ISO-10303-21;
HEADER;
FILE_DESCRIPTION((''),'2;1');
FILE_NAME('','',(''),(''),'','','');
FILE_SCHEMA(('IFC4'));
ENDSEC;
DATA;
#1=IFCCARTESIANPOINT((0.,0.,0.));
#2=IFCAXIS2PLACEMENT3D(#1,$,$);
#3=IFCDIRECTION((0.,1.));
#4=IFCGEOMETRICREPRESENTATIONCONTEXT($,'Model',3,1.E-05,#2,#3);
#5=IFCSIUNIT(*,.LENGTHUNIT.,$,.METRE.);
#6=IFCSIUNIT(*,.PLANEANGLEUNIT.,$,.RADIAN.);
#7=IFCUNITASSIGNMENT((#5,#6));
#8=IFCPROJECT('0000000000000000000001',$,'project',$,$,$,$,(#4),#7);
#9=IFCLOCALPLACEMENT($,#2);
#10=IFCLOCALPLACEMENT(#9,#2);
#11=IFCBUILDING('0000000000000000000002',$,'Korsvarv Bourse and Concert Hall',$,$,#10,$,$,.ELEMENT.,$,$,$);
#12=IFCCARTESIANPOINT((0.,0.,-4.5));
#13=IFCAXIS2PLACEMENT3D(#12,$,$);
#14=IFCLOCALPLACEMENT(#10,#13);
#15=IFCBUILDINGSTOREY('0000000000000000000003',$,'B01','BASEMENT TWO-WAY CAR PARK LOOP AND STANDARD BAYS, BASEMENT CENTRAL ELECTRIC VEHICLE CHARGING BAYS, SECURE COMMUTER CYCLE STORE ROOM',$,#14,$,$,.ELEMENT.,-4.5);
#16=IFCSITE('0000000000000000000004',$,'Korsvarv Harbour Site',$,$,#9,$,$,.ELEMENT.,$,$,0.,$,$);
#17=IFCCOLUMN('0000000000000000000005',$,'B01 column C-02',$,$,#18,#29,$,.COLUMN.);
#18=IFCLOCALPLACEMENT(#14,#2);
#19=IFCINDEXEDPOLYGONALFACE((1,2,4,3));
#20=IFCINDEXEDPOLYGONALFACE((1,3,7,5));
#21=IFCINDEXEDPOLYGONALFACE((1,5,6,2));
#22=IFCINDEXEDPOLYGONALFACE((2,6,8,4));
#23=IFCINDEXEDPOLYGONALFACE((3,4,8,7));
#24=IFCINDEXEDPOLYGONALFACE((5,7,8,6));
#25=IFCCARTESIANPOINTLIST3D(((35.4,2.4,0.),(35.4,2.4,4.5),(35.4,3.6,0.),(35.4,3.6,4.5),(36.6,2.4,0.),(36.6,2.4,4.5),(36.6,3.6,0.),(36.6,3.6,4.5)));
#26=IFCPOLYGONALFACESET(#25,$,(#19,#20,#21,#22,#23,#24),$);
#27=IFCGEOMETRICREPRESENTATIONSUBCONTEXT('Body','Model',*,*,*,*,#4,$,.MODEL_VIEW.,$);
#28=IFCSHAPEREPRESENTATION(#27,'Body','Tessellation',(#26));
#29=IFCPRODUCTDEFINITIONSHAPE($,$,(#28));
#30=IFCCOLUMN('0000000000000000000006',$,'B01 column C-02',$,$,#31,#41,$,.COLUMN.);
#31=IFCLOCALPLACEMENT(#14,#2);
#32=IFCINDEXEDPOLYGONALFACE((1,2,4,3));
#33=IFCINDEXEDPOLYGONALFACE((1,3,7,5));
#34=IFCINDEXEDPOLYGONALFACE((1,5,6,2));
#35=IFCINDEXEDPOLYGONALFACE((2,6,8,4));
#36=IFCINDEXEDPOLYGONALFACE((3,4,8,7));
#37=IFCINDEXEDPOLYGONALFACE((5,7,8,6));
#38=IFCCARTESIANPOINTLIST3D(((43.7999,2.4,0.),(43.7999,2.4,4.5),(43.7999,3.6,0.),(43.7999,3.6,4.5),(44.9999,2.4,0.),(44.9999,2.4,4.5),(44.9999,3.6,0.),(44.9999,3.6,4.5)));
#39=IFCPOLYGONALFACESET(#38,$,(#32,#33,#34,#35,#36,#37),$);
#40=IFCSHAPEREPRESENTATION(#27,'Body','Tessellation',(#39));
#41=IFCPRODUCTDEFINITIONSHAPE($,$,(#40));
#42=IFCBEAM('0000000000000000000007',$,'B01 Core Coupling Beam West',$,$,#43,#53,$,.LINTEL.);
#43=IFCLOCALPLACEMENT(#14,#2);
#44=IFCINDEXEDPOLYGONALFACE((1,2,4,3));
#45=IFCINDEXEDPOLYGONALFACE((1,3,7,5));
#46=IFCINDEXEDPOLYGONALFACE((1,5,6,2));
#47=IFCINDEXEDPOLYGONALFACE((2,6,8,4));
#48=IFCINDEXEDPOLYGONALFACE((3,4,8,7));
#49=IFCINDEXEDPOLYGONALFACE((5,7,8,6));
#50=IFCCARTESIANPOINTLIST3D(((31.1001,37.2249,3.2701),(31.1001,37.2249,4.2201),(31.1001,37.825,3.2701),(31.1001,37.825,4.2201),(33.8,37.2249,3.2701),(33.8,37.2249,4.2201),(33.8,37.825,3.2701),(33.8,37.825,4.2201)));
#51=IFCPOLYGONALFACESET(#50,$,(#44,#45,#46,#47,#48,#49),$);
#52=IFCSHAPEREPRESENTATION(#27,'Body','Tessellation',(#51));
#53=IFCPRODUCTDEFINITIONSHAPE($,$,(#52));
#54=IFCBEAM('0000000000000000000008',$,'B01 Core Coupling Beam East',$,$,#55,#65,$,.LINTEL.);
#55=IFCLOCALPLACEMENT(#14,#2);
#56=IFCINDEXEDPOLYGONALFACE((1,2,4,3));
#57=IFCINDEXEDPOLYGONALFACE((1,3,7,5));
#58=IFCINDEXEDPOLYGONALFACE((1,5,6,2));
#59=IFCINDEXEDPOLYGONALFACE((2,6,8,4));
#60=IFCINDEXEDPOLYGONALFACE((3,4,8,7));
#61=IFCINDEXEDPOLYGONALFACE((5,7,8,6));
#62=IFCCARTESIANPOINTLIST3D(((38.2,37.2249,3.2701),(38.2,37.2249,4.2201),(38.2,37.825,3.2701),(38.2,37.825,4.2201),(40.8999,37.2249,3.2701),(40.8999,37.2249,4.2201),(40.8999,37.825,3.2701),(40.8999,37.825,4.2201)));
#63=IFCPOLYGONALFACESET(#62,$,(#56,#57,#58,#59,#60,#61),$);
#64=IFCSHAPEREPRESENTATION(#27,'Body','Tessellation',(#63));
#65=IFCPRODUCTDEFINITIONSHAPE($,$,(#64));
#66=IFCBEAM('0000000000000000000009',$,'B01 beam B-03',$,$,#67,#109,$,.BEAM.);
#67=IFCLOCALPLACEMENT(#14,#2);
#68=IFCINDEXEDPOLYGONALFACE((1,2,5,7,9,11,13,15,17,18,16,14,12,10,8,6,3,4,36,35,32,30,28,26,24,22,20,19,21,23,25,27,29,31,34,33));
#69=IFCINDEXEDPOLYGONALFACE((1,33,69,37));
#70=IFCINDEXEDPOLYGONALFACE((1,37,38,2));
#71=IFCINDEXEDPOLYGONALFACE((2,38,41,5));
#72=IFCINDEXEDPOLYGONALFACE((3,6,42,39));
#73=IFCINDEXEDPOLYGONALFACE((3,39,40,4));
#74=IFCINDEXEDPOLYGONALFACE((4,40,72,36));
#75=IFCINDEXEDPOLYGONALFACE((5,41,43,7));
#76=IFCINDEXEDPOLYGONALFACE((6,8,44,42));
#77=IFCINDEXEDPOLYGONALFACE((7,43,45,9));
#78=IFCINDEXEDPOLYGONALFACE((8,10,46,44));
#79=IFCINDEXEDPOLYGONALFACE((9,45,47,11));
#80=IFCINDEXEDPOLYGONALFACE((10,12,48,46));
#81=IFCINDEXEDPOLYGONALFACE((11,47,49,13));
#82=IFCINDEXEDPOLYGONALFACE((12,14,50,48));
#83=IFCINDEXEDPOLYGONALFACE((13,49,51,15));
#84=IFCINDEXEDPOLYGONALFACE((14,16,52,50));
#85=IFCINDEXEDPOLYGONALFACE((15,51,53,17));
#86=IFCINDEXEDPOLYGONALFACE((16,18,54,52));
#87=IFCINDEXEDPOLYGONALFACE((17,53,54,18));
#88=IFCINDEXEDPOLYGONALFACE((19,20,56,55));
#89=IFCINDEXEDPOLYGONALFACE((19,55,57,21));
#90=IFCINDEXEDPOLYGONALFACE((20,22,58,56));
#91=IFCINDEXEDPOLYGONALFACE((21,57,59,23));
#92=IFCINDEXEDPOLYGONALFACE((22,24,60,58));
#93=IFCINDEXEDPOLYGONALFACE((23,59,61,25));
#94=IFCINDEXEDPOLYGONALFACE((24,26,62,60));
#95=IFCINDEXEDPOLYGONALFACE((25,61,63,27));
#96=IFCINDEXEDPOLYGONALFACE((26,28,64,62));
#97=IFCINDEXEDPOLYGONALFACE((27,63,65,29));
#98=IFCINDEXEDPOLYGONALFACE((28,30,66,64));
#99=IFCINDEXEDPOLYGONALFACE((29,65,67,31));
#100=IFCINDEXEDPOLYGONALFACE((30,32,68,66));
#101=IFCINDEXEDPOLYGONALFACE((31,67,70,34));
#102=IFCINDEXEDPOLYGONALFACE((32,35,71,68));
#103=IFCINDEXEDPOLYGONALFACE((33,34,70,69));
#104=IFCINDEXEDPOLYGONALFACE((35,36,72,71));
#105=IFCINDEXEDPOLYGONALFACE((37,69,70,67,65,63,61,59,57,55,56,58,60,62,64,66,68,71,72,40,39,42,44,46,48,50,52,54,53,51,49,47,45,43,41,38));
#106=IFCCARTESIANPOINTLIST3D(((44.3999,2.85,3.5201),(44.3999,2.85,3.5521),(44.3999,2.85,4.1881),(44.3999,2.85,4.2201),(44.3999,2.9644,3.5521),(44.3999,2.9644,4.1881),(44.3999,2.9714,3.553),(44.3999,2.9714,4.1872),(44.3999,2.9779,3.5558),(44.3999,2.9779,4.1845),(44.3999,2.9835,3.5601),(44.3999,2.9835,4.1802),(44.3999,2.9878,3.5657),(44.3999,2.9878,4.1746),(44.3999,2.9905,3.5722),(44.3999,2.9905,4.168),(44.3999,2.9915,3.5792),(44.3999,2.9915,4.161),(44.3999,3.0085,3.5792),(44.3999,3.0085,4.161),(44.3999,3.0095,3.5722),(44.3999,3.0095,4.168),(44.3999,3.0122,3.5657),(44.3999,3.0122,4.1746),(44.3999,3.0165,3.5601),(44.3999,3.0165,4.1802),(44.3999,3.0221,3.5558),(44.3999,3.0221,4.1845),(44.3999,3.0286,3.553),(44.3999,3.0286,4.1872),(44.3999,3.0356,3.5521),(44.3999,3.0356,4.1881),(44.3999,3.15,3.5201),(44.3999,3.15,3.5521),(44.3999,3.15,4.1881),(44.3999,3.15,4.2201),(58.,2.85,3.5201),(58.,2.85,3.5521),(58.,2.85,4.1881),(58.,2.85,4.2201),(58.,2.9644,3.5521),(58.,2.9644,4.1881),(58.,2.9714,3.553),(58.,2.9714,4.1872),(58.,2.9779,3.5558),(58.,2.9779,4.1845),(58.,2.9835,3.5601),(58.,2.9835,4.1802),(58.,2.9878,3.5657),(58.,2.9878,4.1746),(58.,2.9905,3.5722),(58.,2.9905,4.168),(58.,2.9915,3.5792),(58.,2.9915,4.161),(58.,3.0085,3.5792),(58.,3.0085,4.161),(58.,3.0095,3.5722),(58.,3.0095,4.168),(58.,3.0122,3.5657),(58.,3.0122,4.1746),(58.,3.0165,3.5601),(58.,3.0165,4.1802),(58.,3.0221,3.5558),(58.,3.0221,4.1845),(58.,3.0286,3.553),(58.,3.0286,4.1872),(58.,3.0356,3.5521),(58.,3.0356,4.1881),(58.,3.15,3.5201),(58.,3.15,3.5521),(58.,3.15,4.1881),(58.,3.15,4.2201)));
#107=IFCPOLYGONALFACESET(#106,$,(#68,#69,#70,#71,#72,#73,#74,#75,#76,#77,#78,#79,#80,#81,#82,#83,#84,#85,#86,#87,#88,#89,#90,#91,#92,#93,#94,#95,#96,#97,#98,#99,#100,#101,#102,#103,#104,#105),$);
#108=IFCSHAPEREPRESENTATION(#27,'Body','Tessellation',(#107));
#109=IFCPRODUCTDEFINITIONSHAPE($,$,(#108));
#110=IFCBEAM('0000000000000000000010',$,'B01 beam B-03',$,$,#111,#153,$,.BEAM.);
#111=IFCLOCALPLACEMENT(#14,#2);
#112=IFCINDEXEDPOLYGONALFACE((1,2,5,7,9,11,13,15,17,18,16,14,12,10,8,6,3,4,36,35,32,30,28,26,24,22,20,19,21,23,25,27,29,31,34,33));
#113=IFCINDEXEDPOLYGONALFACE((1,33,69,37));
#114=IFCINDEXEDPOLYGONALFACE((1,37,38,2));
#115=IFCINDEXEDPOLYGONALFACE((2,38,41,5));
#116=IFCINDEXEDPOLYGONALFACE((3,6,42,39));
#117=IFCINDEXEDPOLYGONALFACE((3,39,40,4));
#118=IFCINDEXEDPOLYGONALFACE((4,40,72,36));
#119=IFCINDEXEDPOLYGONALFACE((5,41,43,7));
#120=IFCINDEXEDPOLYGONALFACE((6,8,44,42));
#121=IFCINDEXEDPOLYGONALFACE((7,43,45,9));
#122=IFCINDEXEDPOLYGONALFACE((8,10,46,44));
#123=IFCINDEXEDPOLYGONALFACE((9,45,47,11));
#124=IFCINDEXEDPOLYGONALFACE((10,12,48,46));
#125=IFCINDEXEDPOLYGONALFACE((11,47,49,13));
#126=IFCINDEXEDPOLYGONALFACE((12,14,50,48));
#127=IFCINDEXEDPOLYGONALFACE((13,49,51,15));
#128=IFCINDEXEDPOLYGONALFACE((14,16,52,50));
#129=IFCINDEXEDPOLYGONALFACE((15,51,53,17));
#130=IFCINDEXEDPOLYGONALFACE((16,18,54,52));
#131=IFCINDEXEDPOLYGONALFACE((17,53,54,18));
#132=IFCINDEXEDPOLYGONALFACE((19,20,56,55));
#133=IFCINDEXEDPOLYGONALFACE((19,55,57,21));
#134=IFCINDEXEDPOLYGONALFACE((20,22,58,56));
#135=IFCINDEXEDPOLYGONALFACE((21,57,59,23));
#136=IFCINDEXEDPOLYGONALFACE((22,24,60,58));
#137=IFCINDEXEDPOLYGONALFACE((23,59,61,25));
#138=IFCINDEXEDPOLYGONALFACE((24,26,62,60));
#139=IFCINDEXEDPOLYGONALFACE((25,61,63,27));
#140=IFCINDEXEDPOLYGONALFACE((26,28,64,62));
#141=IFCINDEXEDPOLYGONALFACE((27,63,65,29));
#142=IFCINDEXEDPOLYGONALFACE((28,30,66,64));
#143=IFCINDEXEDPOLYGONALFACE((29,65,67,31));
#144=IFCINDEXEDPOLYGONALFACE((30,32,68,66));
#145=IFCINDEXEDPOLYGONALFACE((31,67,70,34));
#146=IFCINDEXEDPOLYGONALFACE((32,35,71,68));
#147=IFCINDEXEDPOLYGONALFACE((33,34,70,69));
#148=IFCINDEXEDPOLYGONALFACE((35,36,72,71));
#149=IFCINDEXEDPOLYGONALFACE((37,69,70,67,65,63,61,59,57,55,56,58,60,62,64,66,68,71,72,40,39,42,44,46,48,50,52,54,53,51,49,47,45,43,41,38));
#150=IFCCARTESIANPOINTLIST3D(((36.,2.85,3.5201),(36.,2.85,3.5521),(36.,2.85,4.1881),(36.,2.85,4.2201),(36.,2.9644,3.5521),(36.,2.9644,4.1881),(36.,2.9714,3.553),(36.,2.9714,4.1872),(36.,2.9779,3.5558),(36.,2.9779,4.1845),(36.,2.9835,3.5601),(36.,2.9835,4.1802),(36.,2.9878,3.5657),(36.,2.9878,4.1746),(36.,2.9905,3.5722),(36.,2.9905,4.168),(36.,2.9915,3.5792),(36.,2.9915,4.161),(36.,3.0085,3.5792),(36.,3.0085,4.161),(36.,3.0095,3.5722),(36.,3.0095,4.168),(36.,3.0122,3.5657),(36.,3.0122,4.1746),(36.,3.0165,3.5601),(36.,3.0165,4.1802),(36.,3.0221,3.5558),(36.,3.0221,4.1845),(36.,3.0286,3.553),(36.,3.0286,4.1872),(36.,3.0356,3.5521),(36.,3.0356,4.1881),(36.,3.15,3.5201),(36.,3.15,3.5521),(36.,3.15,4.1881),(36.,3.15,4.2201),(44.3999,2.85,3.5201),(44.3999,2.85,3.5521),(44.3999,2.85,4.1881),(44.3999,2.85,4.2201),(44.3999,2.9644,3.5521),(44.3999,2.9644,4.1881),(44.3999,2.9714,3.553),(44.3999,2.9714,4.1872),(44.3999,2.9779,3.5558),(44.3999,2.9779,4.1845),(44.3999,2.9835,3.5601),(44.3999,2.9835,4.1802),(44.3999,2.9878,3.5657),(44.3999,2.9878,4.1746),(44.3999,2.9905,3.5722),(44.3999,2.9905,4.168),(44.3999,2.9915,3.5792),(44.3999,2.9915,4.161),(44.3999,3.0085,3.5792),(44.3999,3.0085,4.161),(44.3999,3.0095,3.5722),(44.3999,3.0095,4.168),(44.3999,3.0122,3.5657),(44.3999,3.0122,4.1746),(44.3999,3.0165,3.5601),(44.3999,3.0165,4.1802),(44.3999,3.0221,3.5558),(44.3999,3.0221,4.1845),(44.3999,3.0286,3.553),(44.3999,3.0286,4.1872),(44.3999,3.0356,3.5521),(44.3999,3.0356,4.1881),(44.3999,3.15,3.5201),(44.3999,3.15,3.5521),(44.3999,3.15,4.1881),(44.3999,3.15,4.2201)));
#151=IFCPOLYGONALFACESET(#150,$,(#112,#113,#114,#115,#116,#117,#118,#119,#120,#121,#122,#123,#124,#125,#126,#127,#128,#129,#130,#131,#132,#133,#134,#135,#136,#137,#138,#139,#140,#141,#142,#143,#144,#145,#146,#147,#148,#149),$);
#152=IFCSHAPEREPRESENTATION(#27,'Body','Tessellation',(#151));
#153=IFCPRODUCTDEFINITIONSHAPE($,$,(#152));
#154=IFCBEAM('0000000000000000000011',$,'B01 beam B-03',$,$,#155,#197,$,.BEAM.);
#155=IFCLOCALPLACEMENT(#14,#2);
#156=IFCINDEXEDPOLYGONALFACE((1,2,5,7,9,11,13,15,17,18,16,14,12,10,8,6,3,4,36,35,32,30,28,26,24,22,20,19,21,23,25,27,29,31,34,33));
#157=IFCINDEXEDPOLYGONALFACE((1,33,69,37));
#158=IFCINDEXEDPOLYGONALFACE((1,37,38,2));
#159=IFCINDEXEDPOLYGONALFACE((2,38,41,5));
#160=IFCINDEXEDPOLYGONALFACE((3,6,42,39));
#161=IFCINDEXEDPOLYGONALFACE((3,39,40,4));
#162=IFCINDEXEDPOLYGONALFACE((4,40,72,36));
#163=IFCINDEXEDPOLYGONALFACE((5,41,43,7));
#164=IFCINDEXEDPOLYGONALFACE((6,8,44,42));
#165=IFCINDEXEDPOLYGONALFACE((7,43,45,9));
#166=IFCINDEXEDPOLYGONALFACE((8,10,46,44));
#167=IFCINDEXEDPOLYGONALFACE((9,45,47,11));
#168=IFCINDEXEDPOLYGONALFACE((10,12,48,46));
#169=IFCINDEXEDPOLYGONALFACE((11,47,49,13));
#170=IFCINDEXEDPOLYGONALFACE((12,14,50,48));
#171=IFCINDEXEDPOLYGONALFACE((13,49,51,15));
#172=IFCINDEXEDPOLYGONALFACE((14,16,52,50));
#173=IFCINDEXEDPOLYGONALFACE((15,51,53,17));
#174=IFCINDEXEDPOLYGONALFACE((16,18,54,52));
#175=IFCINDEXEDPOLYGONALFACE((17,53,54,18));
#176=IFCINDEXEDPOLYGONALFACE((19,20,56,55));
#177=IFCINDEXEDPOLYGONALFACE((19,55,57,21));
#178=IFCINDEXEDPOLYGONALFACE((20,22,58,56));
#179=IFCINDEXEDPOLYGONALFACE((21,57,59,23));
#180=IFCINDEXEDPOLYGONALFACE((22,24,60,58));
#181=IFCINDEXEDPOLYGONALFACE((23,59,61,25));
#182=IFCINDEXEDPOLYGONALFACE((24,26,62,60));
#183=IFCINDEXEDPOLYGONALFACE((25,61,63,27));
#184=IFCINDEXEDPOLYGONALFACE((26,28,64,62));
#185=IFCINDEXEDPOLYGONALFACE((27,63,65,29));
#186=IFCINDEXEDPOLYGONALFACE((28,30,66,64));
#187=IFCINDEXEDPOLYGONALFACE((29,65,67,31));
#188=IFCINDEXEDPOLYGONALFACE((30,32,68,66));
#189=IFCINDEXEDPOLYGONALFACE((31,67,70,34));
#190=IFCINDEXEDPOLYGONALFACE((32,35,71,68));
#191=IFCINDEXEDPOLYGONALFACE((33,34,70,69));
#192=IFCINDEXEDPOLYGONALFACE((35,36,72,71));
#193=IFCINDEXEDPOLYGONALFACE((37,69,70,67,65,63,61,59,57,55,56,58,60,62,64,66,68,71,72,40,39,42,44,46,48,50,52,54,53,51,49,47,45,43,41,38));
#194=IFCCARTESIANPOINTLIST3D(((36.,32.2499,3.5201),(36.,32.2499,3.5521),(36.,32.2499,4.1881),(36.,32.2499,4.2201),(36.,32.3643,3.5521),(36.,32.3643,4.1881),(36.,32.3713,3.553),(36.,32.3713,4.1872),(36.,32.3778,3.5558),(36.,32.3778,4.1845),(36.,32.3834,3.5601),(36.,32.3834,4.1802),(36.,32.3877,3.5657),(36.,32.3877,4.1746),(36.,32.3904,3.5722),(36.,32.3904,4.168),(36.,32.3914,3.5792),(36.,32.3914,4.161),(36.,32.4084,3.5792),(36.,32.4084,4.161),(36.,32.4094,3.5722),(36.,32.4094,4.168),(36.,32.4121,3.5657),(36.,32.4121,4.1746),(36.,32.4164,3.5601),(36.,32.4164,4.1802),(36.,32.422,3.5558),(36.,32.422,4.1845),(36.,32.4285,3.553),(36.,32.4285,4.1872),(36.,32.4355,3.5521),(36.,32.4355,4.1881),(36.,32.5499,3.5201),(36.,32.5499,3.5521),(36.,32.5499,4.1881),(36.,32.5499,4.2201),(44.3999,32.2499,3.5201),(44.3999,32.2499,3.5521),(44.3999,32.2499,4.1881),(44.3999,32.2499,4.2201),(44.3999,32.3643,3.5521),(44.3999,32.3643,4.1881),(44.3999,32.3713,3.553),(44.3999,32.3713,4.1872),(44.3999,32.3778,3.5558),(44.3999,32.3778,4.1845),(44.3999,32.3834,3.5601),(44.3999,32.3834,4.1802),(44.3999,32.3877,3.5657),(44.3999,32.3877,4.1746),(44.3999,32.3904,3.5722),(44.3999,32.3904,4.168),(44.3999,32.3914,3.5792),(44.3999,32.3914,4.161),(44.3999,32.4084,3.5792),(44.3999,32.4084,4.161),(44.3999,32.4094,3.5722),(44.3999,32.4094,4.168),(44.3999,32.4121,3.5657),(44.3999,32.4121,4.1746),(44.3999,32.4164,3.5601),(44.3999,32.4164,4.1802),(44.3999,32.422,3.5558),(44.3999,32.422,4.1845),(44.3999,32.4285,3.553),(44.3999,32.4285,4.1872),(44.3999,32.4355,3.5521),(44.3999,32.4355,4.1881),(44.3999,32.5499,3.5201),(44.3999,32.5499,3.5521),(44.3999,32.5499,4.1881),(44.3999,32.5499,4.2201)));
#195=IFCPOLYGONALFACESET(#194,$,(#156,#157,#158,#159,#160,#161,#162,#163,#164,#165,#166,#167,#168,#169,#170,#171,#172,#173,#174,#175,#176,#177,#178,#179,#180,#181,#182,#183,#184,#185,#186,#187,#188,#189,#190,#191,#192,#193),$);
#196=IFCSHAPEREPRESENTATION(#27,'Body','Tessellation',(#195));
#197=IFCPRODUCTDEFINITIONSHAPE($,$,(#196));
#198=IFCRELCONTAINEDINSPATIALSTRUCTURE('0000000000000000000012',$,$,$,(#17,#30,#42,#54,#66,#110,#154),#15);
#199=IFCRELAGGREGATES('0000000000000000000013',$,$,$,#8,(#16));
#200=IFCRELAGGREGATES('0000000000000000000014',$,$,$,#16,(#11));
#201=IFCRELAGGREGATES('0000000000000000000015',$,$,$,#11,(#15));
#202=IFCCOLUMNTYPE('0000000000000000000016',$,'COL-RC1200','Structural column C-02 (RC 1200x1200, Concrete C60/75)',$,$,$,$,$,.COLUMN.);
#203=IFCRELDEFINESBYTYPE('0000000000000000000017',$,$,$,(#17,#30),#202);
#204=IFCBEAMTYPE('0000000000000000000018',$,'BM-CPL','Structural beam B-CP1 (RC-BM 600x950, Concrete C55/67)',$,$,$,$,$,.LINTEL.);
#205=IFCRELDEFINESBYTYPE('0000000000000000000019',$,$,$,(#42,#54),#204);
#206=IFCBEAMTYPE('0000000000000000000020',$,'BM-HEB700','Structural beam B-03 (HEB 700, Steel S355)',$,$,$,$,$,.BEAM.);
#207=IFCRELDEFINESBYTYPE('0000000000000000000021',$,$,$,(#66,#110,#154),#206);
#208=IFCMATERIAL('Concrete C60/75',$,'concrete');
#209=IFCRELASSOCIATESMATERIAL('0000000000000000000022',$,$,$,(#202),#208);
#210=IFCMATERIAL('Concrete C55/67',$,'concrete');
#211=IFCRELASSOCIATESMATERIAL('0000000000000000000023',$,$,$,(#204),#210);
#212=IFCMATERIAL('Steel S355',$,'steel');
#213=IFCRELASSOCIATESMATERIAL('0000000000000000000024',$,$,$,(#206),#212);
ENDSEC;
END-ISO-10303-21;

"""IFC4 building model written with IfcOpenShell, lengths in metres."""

from ifc_helpers import new_model, si_unit, direction, frame, origin, origin_2d, place, context, subcontext, project, spatial, rectangle, i_section, extrude, source, transform, mapped, material, material_profile, profile_set, type_object, element, save


model = new_model("IFC4")

# Units and contexts
model_context = context("Model", 3, precision=1e-05, world=origin(), true_north=direction((0.0, 1.0)))
body_context = subcontext(model_context, "Body", "Model", "MODEL_VIEW")
ifc_project = project(units=[si_unit("LENGTHUNIT", "METRE"), si_unit("PLANEANGLEUNIT", "RADIAN")], contexts=[model_context])

# Site, building, storey
site_placement = place(None, origin())
site = spatial("IfcSite", under=ifc_project, at=site_placement, Name="Korsvarv Harbour Site", CompositionType="ELEMENT", RefElevation=0.0)
building_placement = place(site_placement, origin())
building = spatial("IfcBuilding", under=site, at=building_placement, Name="Korsvarv Bourse and Concert Hall", CompositionType="ELEMENT")
storey_placement = place(building_placement, frame((0.0, 0.0, -4.5)))
storey = spatial("IfcBuildingStorey", under=building, at=storey_placement, Name="B01", Description="BASEMENT TWO-WAY CAR PARK LOOP AND STANDARD BAYS, BASEMENT CENTRAL ELECTRIC VEHICLE CHARGING BAYS, SECURE COMMUTER CYCLE STORE ROOM", CompositionType="ELEMENT", Elevation=-4.5)

# Columns
ifc_material_1 = material(Name="Concrete C60/75", Category="concrete")
ifc_material_profile_1 = material_profile(ifc_material_1, rectangle(XDim=1.2, YDim=1.2, at=origin_2d()), Name="RC 1200x1200")
ifc_profile_set_1 = profile_set([ifc_material_profile_1], Name="Concrete C60/75")
column_type_1 = type_object("IfcColumnType", Name="COL-RC1200", Description="Structural column C-02 (RC 1200x1200, Concrete C60/75)", PredefinedType="COLUMN", material=ifc_profile_set_1)
shared_shape_1 = source(origin(), body_context, "Body", "SweptSolid", [
    extrude(rectangle(XDim=1.2, YDim=1.2, at=origin_2d()), origin(), (0.0, 0.0, 1.0), 4.5),
])
for number, where, z_axis, x_axis, name in (
    (1, (36.0, 3.0, 0.0), (0.0, 0.0, 1.0), (1.0, 0.0, 0.0), "B01 column C-02"),
    (2, (44.3999, 3.0, 0.0), (0.0, 0.0, 1.0), (1.0, 0.0, 0.0), "B01 column C-02"),
):
    element("IfcColumn", number, at=place(storey_placement, frame(where, z_axis=z_axis, x_axis=x_axis)), inside=storey, type_object=column_type_1, Name=name, PredefinedType="COLUMN", context=body_context, shape_type="MappedRepresentation", body=[
        mapped(shared_shape_1, transform((0.0, 0.0, 0.0), scale=1.0)),
    ])

# Beams
ifc_material_2 = material(Name="Concrete C55/67", Category="concrete")
ifc_material_profile_2 = material_profile(ifc_material_2, rectangle(XDim=0.6001, YDim=0.95, at=origin_2d()), Name="RC-BM 600x950")
ifc_profile_set_2 = profile_set([ifc_material_profile_2], Name="Concrete C55/67")
beam_type_1 = type_object("IfcBeamType", Name="BM-CPL", Description="Structural beam B-CP1 (RC-BM 600x950, Concrete C55/67)", PredefinedType="LINTEL", material=ifc_profile_set_2)
shared_shape_2 = source(origin(), body_context, "Body", "SweptSolid", [
    extrude(rectangle(XDim=0.6001, YDim=0.95, at=origin_2d()), origin(), (0.0, 0.0, 1.0), 2.7),
])
for number, where, z_axis, x_axis, name in (
    (3, (31.1001, 37.5249, 3.7451), (1.0, 0.0, 0.0), (0.0, 1.0, 0.0), "B01 Core Coupling Beam West"),
    (4, (38.2, 37.5249, 3.7451), (1.0, 0.0, 0.0), (0.0, 1.0, 0.0), "B01 Core Coupling Beam East"),
):
    element("IfcBeam", number, at=place(storey_placement, frame(where, z_axis=z_axis, x_axis=x_axis)), inside=storey, type_object=beam_type_1, Name=name, PredefinedType="LINTEL", context=body_context, shape_type="MappedRepresentation", body=[
        mapped(shared_shape_2, transform((0.0, 0.0, 0.0), scale=1.0)),
    ])
ifc_material_3 = material(Name="Steel S355", Category="steel")
ifc_material_profile_3 = material_profile(ifc_material_3, i_section(OverallWidth=0.3, OverallDepth=0.7, WebThickness=0.0171, FlangeThickness=0.032, FilletRadius=0.0271, at=origin_2d()), Name="HEB 700")
ifc_profile_set_3 = profile_set([ifc_material_profile_3], Name="Steel S355")
beam_type_2 = type_object("IfcBeamType", Name="BM-HEB700", Description="Structural beam B-03 (HEB 700, Steel S355)", PredefinedType="BEAM", material=ifc_profile_set_3)
shared_shape_3 = source(origin(), body_context, "Body", "SweptSolid", [
    extrude(i_section(OverallWidth=0.3, OverallDepth=0.7, WebThickness=0.0171, FlangeThickness=0.032, FilletRadius=0.0271, at=origin_2d()), origin(), (0.0, 0.0, 1.0), 13.6001),
])
beam_1_placement = place(storey_placement, frame((44.3999, 3.0, 3.8701), z_axis=(1.0, 0.0, 0.0), x_axis=(0.0, 1.0, 0.0)))
element("IfcBeam", 5, at=beam_1_placement, inside=storey, type_object=beam_type_2, Name="B01 beam B-03", PredefinedType="BEAM", context=body_context, shape_type="MappedRepresentation", body=[
    mapped(shared_shape_3, transform((0.0, 0.0, 0.0), scale=1.0)),
])
shared_shape_4 = source(origin(), body_context, "Body", "SweptSolid", [
    extrude(i_section(OverallWidth=0.3, OverallDepth=0.7, WebThickness=0.0171, FlangeThickness=0.032, FilletRadius=0.0271, at=origin_2d()), origin(), (0.0, 0.0, 1.0), 8.3999),
])
for number, where, z_axis, x_axis, name in (
    (6, (36.0, 3.0, 3.8701), (1.0, 0.0, 0.0), (0.0, 1.0, 0.0), "B01 beam B-03"),
    (7, (36.0, 32.3999, 3.8701), (1.0, 0.0, 0.0), (0.0, 1.0, 0.0), "B01 beam B-03"),
):
    element("IfcBeam", number, at=place(storey_placement, frame(where, z_axis=z_axis, x_axis=x_axis)), inside=storey, type_object=beam_type_2, Name=name, PredefinedType="BEAM", context=body_context, shape_type="MappedRepresentation", body=[
        mapped(shared_shape_4, transform((0.0, 0.0, 0.0), scale=1.0)),
    ])

save(model, "model.ifc")
